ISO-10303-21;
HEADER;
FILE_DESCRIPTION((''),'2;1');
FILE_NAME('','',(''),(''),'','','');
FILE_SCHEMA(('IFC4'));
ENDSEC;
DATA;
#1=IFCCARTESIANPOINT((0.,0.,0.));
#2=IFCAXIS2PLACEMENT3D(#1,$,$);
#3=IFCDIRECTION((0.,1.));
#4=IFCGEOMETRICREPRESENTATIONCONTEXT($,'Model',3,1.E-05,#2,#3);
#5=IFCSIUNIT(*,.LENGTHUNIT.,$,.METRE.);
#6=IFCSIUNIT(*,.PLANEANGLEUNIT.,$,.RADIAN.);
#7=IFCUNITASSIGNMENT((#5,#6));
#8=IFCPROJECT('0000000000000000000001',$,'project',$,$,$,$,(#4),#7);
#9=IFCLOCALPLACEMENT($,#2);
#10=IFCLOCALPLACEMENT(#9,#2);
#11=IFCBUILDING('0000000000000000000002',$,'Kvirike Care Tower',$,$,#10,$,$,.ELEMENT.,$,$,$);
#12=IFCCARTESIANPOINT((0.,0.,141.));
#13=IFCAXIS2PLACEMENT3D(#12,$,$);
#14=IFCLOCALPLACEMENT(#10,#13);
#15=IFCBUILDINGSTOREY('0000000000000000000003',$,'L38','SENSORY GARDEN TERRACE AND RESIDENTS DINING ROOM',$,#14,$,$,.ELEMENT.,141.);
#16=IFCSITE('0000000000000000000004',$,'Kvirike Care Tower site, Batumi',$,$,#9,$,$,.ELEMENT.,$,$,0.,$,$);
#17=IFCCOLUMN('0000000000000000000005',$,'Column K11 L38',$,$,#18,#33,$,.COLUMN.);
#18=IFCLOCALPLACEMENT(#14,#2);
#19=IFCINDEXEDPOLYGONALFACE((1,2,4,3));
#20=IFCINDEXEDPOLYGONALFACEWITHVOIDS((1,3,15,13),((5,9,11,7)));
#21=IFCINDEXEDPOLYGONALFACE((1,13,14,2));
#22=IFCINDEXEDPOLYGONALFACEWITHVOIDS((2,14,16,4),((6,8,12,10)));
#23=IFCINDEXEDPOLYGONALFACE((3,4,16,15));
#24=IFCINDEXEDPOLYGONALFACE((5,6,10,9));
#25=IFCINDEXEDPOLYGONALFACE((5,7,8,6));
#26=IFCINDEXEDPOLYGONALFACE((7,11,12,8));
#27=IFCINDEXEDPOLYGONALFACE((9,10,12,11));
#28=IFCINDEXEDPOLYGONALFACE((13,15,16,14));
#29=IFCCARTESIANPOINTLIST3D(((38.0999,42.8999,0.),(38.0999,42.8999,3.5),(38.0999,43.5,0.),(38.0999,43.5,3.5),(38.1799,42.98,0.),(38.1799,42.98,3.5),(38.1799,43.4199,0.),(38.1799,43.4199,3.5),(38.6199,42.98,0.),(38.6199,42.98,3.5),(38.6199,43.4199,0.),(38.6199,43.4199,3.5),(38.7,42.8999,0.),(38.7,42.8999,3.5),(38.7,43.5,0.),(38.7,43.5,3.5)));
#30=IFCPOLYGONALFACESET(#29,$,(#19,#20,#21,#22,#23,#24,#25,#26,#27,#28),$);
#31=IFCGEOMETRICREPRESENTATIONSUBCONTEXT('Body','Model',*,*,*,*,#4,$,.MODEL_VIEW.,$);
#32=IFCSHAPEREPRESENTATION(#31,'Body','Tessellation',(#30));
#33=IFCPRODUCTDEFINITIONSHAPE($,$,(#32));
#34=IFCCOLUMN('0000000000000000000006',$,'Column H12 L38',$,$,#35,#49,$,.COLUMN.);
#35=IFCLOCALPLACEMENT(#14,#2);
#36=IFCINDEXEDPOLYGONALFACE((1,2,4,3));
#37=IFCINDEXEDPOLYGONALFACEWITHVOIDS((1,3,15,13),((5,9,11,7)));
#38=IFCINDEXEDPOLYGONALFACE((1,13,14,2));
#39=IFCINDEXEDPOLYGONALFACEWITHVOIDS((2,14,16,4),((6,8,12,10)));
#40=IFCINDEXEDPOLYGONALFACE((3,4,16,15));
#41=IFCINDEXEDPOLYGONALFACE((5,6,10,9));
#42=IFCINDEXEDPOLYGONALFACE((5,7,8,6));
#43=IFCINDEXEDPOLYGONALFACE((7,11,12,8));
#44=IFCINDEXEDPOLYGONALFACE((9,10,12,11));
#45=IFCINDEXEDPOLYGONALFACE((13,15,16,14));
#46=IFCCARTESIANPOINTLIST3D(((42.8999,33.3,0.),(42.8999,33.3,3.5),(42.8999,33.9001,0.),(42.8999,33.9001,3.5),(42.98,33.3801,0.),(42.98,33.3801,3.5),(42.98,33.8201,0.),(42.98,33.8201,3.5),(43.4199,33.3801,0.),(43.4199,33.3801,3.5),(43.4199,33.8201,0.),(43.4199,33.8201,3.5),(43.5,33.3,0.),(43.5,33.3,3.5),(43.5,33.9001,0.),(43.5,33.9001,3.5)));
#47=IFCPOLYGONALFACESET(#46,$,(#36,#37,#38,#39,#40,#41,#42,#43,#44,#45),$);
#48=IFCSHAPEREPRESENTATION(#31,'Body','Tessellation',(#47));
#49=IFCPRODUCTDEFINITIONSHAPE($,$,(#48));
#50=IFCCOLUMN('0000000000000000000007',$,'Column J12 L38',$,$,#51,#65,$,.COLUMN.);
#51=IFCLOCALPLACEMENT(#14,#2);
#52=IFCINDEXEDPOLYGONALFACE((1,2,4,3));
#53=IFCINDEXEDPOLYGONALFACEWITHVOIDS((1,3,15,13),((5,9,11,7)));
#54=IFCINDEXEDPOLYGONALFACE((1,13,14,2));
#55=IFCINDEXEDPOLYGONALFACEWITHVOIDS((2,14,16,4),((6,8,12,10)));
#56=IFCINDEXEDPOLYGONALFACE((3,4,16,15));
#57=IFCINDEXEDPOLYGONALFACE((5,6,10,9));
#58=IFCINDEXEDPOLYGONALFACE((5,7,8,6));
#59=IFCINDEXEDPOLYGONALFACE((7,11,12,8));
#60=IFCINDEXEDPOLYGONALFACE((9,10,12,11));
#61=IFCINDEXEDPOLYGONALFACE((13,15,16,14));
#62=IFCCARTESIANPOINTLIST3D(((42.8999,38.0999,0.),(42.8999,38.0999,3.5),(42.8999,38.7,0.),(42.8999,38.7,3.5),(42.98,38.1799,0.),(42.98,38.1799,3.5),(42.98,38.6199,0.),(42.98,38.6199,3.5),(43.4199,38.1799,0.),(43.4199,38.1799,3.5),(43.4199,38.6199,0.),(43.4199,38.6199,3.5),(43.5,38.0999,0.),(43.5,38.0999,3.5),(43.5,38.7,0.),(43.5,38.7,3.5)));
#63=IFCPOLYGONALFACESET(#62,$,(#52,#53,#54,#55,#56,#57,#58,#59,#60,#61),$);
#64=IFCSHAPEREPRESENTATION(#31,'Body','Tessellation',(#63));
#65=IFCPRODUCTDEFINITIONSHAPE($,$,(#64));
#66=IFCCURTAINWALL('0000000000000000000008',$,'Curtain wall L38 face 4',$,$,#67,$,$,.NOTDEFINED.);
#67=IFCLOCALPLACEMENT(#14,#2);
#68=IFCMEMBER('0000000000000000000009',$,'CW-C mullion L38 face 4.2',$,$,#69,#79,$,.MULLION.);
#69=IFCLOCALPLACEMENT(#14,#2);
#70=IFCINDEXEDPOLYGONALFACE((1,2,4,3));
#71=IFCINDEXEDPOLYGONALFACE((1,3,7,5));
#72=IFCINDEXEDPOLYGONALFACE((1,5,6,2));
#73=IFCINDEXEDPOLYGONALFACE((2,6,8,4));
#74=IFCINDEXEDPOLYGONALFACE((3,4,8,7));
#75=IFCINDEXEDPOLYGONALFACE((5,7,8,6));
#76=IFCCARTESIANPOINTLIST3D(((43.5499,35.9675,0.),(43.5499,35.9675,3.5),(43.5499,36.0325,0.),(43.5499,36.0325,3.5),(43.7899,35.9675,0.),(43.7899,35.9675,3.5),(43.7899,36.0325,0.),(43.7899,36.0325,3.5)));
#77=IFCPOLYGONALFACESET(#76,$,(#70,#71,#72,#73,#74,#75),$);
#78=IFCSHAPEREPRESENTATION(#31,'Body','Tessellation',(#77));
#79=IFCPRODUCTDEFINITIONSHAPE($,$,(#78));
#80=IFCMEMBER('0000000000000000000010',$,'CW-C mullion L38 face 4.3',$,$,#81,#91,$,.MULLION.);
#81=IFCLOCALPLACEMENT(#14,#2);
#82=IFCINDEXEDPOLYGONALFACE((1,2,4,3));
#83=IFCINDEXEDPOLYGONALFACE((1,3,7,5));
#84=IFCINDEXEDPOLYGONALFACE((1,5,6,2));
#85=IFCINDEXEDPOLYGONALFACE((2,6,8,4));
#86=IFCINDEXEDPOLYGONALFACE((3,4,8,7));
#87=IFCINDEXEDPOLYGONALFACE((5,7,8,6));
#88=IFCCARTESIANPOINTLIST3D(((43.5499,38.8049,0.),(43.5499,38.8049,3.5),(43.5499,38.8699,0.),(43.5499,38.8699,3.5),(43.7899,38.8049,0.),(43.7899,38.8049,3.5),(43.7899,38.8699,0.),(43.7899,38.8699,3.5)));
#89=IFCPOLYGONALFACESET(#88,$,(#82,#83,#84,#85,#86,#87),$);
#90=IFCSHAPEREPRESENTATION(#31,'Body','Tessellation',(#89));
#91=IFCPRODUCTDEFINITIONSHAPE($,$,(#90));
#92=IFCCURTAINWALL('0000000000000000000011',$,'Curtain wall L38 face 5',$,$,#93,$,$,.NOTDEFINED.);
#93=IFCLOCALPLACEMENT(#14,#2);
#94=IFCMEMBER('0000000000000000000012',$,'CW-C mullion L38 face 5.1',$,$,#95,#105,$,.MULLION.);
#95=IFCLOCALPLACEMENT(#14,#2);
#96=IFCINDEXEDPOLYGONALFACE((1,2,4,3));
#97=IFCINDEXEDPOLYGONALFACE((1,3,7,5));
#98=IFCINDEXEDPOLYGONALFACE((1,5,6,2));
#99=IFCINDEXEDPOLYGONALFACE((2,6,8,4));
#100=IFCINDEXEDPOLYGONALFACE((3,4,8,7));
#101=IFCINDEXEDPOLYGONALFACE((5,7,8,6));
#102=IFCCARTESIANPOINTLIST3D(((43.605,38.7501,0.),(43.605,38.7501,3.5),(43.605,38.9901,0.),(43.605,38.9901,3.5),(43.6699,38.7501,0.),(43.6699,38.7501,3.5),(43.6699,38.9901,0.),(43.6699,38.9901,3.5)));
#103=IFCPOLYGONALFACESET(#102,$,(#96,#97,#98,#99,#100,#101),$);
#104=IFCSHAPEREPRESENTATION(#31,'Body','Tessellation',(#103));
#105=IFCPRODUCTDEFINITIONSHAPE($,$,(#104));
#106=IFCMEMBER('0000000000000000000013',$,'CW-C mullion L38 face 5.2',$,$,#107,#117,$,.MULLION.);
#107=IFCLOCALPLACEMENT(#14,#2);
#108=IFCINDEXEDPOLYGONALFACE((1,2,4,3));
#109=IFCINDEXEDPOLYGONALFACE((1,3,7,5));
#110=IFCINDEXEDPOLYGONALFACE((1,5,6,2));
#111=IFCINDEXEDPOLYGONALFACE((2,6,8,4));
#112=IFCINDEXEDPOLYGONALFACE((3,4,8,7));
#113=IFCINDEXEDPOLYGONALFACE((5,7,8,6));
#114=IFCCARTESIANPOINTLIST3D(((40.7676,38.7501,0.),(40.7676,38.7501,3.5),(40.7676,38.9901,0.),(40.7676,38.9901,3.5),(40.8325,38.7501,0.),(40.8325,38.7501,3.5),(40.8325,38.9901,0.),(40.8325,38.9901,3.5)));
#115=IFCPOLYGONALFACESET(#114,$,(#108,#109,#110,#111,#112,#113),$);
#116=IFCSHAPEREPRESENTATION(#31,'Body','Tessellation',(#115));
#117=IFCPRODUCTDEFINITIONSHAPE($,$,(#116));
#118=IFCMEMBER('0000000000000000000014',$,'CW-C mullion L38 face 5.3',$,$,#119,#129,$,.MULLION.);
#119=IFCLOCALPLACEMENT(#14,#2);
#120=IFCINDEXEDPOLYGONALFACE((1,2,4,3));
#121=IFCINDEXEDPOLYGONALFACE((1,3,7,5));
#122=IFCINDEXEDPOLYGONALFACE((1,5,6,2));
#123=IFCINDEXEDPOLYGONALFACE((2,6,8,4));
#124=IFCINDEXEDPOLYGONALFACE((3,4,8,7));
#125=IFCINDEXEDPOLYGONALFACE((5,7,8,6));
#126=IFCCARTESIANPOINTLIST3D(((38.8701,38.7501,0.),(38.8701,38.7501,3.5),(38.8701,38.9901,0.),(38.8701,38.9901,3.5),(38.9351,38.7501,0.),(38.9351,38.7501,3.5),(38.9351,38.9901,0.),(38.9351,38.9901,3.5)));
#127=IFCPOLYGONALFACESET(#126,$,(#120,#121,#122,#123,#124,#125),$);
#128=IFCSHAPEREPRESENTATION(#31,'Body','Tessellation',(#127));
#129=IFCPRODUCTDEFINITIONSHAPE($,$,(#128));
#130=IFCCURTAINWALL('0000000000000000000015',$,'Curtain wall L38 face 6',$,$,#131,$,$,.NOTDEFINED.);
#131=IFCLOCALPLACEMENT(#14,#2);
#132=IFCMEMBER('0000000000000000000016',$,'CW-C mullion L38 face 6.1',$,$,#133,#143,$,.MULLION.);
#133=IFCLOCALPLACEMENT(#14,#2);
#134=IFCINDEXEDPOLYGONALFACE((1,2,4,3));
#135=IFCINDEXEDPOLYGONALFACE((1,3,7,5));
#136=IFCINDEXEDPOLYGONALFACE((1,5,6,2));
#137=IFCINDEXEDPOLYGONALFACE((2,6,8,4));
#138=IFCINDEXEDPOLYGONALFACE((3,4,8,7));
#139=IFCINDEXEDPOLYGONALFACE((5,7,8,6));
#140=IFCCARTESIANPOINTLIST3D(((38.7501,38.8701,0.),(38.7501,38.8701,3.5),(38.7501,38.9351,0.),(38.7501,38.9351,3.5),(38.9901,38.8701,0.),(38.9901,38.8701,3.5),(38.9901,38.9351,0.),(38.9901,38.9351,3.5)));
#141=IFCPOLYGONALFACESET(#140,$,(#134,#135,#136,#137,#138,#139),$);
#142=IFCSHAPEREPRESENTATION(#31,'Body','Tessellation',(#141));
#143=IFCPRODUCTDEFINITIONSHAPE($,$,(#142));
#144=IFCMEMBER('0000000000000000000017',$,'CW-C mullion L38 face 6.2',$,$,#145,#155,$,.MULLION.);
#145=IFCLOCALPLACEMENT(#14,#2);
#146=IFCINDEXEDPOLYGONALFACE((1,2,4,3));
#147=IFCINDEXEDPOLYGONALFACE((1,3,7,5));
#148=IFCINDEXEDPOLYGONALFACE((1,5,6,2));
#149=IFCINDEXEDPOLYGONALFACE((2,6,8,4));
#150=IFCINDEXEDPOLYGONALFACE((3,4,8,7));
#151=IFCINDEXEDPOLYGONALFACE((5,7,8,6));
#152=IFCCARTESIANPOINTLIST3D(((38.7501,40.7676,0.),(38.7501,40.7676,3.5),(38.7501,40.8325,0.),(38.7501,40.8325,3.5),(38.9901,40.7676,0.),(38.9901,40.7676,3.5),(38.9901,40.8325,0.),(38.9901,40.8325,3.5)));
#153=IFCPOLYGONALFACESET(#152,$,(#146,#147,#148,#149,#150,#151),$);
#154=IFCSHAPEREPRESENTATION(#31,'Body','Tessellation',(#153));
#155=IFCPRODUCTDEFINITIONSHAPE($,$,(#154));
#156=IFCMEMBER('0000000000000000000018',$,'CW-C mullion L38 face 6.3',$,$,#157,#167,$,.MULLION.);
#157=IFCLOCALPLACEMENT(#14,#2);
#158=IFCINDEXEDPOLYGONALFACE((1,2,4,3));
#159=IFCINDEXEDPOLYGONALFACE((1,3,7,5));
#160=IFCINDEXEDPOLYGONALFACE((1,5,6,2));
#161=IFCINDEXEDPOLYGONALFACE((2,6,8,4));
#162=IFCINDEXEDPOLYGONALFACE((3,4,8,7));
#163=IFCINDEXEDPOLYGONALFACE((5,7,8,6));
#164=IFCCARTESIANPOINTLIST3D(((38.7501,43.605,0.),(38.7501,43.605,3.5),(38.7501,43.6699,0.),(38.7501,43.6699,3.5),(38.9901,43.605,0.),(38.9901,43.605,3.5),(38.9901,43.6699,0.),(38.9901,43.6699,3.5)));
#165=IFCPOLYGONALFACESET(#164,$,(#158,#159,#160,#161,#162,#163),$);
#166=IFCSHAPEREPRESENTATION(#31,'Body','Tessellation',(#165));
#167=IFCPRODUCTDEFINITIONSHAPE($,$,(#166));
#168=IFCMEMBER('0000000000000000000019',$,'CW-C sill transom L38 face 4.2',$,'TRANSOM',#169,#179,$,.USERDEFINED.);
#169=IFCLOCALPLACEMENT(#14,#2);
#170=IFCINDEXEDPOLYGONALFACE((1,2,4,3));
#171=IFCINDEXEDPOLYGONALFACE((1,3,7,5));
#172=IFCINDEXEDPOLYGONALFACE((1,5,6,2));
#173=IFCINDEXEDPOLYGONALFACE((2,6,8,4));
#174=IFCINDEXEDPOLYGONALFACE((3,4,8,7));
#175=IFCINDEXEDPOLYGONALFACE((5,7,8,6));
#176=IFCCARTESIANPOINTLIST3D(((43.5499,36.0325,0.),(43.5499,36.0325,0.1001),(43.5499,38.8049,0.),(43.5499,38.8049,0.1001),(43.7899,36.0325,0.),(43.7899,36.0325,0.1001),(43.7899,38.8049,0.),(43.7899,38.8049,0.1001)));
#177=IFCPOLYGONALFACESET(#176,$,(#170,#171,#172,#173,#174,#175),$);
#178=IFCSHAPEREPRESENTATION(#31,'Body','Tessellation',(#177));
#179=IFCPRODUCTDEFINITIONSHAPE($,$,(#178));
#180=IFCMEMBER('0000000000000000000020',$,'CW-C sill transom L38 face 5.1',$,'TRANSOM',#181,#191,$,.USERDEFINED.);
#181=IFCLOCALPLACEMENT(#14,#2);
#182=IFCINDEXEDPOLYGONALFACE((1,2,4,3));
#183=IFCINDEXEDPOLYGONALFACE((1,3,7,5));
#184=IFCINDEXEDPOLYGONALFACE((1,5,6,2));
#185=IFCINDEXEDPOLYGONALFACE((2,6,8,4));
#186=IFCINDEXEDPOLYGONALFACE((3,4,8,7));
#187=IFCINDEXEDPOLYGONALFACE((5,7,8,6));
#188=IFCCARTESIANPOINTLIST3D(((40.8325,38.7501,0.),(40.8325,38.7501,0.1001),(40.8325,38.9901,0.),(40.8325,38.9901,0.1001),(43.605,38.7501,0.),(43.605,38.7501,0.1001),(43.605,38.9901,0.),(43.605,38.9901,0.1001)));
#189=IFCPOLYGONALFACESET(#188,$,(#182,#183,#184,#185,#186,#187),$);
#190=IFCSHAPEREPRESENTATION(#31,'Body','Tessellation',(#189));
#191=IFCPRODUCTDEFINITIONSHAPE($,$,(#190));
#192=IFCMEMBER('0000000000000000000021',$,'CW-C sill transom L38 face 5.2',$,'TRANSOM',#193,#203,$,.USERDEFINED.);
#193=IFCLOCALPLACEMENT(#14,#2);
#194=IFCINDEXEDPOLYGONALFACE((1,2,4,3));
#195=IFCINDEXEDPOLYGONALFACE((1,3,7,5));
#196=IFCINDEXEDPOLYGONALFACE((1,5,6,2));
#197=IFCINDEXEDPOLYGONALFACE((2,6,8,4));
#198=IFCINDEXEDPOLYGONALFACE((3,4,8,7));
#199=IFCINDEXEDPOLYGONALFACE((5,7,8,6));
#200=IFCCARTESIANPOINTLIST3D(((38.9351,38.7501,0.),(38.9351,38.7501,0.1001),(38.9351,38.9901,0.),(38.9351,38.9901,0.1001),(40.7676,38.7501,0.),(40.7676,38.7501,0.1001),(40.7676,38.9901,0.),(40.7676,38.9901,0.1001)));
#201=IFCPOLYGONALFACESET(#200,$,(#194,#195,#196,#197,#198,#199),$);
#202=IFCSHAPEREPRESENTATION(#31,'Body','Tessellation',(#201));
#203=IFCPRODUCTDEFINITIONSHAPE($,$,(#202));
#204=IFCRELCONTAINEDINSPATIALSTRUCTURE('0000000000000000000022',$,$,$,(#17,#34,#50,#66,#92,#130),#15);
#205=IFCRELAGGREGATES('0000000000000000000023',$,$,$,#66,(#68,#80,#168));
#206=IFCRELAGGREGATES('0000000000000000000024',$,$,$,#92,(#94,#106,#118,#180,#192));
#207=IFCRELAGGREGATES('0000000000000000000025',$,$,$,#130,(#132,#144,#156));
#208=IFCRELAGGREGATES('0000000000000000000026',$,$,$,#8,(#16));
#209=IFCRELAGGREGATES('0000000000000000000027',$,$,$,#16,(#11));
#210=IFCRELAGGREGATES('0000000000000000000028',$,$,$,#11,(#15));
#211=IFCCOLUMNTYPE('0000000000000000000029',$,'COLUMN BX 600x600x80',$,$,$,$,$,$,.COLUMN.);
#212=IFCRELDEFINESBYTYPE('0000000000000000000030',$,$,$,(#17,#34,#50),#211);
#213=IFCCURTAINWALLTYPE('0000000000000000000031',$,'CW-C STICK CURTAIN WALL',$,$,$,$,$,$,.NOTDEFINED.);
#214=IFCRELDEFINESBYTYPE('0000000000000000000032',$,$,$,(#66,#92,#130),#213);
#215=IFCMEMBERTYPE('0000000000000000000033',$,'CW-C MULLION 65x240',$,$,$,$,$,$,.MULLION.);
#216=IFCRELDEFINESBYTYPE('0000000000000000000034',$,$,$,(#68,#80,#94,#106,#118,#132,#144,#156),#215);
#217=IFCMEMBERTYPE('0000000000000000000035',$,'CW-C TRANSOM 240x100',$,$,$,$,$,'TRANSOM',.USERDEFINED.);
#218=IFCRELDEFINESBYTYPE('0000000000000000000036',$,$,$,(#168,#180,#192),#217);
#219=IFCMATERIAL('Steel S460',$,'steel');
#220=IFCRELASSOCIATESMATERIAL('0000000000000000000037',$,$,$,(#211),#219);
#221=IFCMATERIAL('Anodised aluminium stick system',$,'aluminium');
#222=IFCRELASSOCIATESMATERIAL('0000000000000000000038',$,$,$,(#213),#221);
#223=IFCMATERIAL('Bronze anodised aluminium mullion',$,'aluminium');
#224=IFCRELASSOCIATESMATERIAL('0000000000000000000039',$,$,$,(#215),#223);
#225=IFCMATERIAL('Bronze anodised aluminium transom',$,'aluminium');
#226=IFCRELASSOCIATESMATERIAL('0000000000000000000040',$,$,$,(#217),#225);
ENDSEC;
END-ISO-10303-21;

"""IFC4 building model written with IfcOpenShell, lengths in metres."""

from ifc_helpers import new_model, si_unit, direction, frame, origin, origin_2d, place, context, subcontext, project, spatial, rectangle, hollow_rectangle, extrude, material, material_profile, profile_set, type_object, element, aggregate, save


model = new_model("IFC4")

# Units and contexts
model_context = context("Model", 3, precision=1e-05, world=origin(), true_north=direction((0.0, 1.0)))
body_context = subcontext(model_context, "Body", "Model", "MODEL_VIEW")
ifc_project = project(units=[si_unit("LENGTHUNIT", "METRE"), si_unit("PLANEANGLEUNIT", "RADIAN")], contexts=[model_context])

# Site, building, storey
site_placement = place(None, origin())
site = spatial("IfcSite", under=ifc_project, at=site_placement, Name="Kvirike Care Tower site, Batumi", CompositionType="ELEMENT", RefElevation=0.0)
building_placement = place(site_placement, origin())
building = spatial("IfcBuilding", under=site, at=building_placement, Name="Kvirike Care Tower", CompositionType="ELEMENT")
storey_placement = place(building_placement, frame((0.0, 0.0, 141.0)))
storey = spatial("IfcBuildingStorey", under=building, at=storey_placement, Name="L38", Description="SENSORY GARDEN TERRACE AND RESIDENTS DINING ROOM", CompositionType="ELEMENT", Elevation=141.0)

# Columns
ifc_material_1 = material(Name="Steel S460", Category="steel")
ifc_material_profile_1 = material_profile(ifc_material_1, hollow_rectangle(XDim=0.6001, YDim=0.6001, WallThickness=0.0801, at=origin_2d()), Name="BX 600x600x80")
ifc_profile_set_1 = profile_set([ifc_material_profile_1], Name="Steel S460")
column_type = type_object("IfcColumnType", Name="COLUMN BX 600x600x80", PredefinedType="COLUMN", material=ifc_profile_set_1)
for number, where, z_axis, x_axis, name in (
    (1, (38.3999, 43.2, 0.0), (0.0, 0.0, 1.0), (0.0, 1.0, 0.0), "Column K11 L38"),
    (2, (43.2, 33.6001, 0.0), (0.0, 0.0, 1.0), (0.0, 1.0, 0.0), "Column H12 L38"),
    (3, (43.2, 38.3999, 0.0), (0.0, 0.0, 1.0), (0.0, 1.0, 0.0), "Column J12 L38"),
):
    element("IfcColumn", number, at=place(storey_placement, frame(where, z_axis=z_axis, x_axis=x_axis)), inside=storey, type_object=column_type, Name=name, PredefinedType="COLUMN", context=body_context, shape_type="SweptSolid", body=[
        extrude(hollow_rectangle(XDim=0.6001, YDim=0.6001, WallThickness=0.0801, at=origin_2d()), origin(), (0.0, 0.0, 1.0), 3.5),
    ])

# Curtain walls, members
ifc_material_2 = material(Name="Anodised aluminium stick system", Category="aluminium")
curtain_wall_type = type_object("IfcCurtainWallType", Name="CW-C STICK CURTAIN WALL", PredefinedType="NOTDEFINED", material=ifc_material_2)
curtain_wall_1_placement = place(storey_placement, origin())
curtain_wall_1 = element("IfcCurtainWall", 4, at=curtain_wall_1_placement, inside=storey, type_object=curtain_wall_type, Name="Curtain wall L38 face 4", PredefinedType="NOTDEFINED")
ifc_material_3 = material(Name="Bronze anodised aluminium mullion", Category="aluminium")
ifc_material_profile_2 = material_profile(ifc_material_3, rectangle(XDim=0.0649, YDim=0.24, at=origin_2d()), Name="CW-C MULLION 65x240")
ifc_profile_set_2 = profile_set([ifc_material_profile_2], Name="Bronze anodised aluminium mullion")
member_type_1 = type_object("IfcMemberType", Name="CW-C MULLION 65x240", PredefinedType="MULLION", material=ifc_profile_set_2)
member_1_placement = place(storey_placement, frame((43.6699, 36.0, 0.0), z_axis=(0.0, 0.0, 1.0), x_axis=(0.0, 1.0, 0.0)))
member_1 = element("IfcMember", 5, at=member_1_placement, type_object=member_type_1, Name="CW-C mullion L38 face 4.2", PredefinedType="MULLION", context=body_context, shape_type="SweptSolid", body=[
    extrude(rectangle(XDim=0.0649, YDim=0.24, at=origin_2d()), origin(), (0.0, 0.0, 1.0), 3.5),
])
member_2_placement = place(storey_placement, frame((43.6699, 38.8374, 0.0), z_axis=(0.0, 0.0, 1.0), x_axis=(0.0, 1.0, 0.0)))
member_2 = element("IfcMember", 6, at=member_2_placement, type_object=member_type_1, Name="CW-C mullion L38 face 4.3", PredefinedType="MULLION", context=body_context, shape_type="SweptSolid", body=[
    extrude(rectangle(XDim=0.0649, YDim=0.24, at=origin_2d()), origin(), (0.0, 0.0, 1.0), 3.5),
])
curtain_wall_2_placement = place(storey_placement, origin())
curtain_wall_2 = element("IfcCurtainWall", 7, at=curtain_wall_2_placement, inside=storey, type_object=curtain_wall_type, Name="Curtain wall L38 face 5", PredefinedType="NOTDEFINED")
member_3_placement = place(storey_placement, frame((43.6375, 38.8701, 0.0), z_axis=(0.0, 0.0, 1.0), x_axis=(-1.0, 0.0, 0.0)))
member_3 = element("IfcMember", 8, at=member_3_placement, type_object=member_type_1, Name="CW-C mullion L38 face 5.1", PredefinedType="MULLION", context=body_context, shape_type="SweptSolid", body=[
    extrude(rectangle(XDim=0.0649, YDim=0.24, at=origin_2d()), origin(), (0.0, 0.0, 1.0), 3.5),
])
member_4_placement = place(storey_placement, frame((40.8, 38.8701, 0.0), z_axis=(0.0, 0.0, 1.0), x_axis=(-1.0, 0.0, 0.0)))
member_4 = element("IfcMember", 9, at=member_4_placement, type_object=member_type_1, Name="CW-C mullion L38 face 5.2", PredefinedType="MULLION", context=body_context, shape_type="SweptSolid", body=[
    extrude(rectangle(XDim=0.0649, YDim=0.24, at=origin_2d()), origin(), (0.0, 0.0, 1.0), 3.5),
])
member_5_placement = place(storey_placement, frame((38.9026, 38.8701, 0.0), z_axis=(0.0, 0.0, 1.0), x_axis=(-1.0, 0.0, 0.0)))
member_5 = element("IfcMember", 10, at=member_5_placement, type_object=member_type_1, Name="CW-C mullion L38 face 5.3", PredefinedType="MULLION", context=body_context, shape_type="SweptSolid", body=[
    extrude(rectangle(XDim=0.0649, YDim=0.24, at=origin_2d()), origin(), (0.0, 0.0, 1.0), 3.5),
])
curtain_wall_3_placement = place(storey_placement, origin())
curtain_wall_3 = element("IfcCurtainWall", 11, at=curtain_wall_3_placement, inside=storey, type_object=curtain_wall_type, Name="Curtain wall L38 face 6", PredefinedType="NOTDEFINED")
member_6_placement = place(storey_placement, frame((38.8701, 38.9026, 0.0), z_axis=(0.0, 0.0, 1.0), x_axis=(0.0, 1.0, 0.0)))
member_6 = element("IfcMember", 12, at=member_6_placement, type_object=member_type_1, Name="CW-C mullion L38 face 6.1", PredefinedType="MULLION", context=body_context, shape_type="SweptSolid", body=[
    extrude(rectangle(XDim=0.0649, YDim=0.24, at=origin_2d()), origin(), (0.0, 0.0, 1.0), 3.5),
])
member_7_placement = place(storey_placement, frame((38.8701, 40.8, 0.0), z_axis=(0.0, 0.0, 1.0), x_axis=(0.0, 1.0, 0.0)))
member_7 = element("IfcMember", 13, at=member_7_placement, type_object=member_type_1, Name="CW-C mullion L38 face 6.2", PredefinedType="MULLION", context=body_context, shape_type="SweptSolid", body=[
    extrude(rectangle(XDim=0.0649, YDim=0.24, at=origin_2d()), origin(), (0.0, 0.0, 1.0), 3.5),
])
member_8_placement = place(storey_placement, frame((38.8701, 43.6375, 0.0), z_axis=(0.0, 0.0, 1.0), x_axis=(0.0, 1.0, 0.0)))
member_8 = element("IfcMember", 14, at=member_8_placement, type_object=member_type_1, Name="CW-C mullion L38 face 6.3", PredefinedType="MULLION", context=body_context, shape_type="SweptSolid", body=[
    extrude(rectangle(XDim=0.0649, YDim=0.24, at=origin_2d()), origin(), (0.0, 0.0, 1.0), 3.5),
])

# Members
ifc_material_4 = material(Name="Bronze anodised aluminium transom", Category="aluminium")
ifc_material_profile_3 = material_profile(ifc_material_4, rectangle(XDim=0.24, YDim=0.1001, at=origin_2d()), Name="CW-C TRANSOM 240x100")
ifc_profile_set_3 = profile_set([ifc_material_profile_3], Name="Bronze anodised aluminium transom")
member_type_2 = type_object("IfcMemberType", Name="CW-C TRANSOM 240x100", ElementType="TRANSOM", PredefinedType="USERDEFINED", material=ifc_profile_set_3)
member_9_placement = place(storey_placement, frame((43.6699, 36.0325, 0.05), z_axis=(0.0, 1.0, 0.0), x_axis=(-1.0, 0.0, 0.0)))
member_9 = element("IfcMember", 15, at=member_9_placement, type_object=member_type_2, Name="CW-C sill transom L38 face 4.2", ObjectType="TRANSOM", PredefinedType="USERDEFINED", context=body_context, shape_type="SweptSolid", body=[
    extrude(rectangle(XDim=0.24, YDim=0.1001, at=origin_2d()), origin(), (0.0, 0.0, 1.0), 2.7725),
])
member_10_placement = place(storey_placement, frame((43.605, 38.8701, 0.05), z_axis=(-1.0, 0.0, 0.0), x_axis=(0.0, -1.0, 0.0)))
member_10 = element("IfcMember", 16, at=member_10_placement, type_object=member_type_2, Name="CW-C sill transom L38 face 5.1", ObjectType="TRANSOM", PredefinedType="USERDEFINED", context=body_context, shape_type="SweptSolid", body=[
    extrude(rectangle(XDim=0.24, YDim=0.1001, at=origin_2d()), origin(), (0.0, 0.0, 1.0), 2.7725),
])
member_11_placement = place(storey_placement, frame((40.7676, 38.8701, 0.05), z_axis=(-1.0, 0.0, 0.0), x_axis=(0.0, -1.0, 0.0)))
member_11 = element("IfcMember", 17, at=member_11_placement, type_object=member_type_2, Name="CW-C sill transom L38 face 5.2", ObjectType="TRANSOM", PredefinedType="USERDEFINED", context=body_context, shape_type="SweptSolid", body=[
    extrude(rectangle(XDim=0.24, YDim=0.1001, at=origin_2d()), origin(), (0.0, 0.0, 1.0), 1.8325),
])

aggregate(curtain_wall_1, [member_1, member_2, member_9])
aggregate(curtain_wall_2, [member_3, member_4, member_5, member_10, member_11])
aggregate(curtain_wall_3, [member_6, member_7, member_8])

save(model, "model.ifc")
